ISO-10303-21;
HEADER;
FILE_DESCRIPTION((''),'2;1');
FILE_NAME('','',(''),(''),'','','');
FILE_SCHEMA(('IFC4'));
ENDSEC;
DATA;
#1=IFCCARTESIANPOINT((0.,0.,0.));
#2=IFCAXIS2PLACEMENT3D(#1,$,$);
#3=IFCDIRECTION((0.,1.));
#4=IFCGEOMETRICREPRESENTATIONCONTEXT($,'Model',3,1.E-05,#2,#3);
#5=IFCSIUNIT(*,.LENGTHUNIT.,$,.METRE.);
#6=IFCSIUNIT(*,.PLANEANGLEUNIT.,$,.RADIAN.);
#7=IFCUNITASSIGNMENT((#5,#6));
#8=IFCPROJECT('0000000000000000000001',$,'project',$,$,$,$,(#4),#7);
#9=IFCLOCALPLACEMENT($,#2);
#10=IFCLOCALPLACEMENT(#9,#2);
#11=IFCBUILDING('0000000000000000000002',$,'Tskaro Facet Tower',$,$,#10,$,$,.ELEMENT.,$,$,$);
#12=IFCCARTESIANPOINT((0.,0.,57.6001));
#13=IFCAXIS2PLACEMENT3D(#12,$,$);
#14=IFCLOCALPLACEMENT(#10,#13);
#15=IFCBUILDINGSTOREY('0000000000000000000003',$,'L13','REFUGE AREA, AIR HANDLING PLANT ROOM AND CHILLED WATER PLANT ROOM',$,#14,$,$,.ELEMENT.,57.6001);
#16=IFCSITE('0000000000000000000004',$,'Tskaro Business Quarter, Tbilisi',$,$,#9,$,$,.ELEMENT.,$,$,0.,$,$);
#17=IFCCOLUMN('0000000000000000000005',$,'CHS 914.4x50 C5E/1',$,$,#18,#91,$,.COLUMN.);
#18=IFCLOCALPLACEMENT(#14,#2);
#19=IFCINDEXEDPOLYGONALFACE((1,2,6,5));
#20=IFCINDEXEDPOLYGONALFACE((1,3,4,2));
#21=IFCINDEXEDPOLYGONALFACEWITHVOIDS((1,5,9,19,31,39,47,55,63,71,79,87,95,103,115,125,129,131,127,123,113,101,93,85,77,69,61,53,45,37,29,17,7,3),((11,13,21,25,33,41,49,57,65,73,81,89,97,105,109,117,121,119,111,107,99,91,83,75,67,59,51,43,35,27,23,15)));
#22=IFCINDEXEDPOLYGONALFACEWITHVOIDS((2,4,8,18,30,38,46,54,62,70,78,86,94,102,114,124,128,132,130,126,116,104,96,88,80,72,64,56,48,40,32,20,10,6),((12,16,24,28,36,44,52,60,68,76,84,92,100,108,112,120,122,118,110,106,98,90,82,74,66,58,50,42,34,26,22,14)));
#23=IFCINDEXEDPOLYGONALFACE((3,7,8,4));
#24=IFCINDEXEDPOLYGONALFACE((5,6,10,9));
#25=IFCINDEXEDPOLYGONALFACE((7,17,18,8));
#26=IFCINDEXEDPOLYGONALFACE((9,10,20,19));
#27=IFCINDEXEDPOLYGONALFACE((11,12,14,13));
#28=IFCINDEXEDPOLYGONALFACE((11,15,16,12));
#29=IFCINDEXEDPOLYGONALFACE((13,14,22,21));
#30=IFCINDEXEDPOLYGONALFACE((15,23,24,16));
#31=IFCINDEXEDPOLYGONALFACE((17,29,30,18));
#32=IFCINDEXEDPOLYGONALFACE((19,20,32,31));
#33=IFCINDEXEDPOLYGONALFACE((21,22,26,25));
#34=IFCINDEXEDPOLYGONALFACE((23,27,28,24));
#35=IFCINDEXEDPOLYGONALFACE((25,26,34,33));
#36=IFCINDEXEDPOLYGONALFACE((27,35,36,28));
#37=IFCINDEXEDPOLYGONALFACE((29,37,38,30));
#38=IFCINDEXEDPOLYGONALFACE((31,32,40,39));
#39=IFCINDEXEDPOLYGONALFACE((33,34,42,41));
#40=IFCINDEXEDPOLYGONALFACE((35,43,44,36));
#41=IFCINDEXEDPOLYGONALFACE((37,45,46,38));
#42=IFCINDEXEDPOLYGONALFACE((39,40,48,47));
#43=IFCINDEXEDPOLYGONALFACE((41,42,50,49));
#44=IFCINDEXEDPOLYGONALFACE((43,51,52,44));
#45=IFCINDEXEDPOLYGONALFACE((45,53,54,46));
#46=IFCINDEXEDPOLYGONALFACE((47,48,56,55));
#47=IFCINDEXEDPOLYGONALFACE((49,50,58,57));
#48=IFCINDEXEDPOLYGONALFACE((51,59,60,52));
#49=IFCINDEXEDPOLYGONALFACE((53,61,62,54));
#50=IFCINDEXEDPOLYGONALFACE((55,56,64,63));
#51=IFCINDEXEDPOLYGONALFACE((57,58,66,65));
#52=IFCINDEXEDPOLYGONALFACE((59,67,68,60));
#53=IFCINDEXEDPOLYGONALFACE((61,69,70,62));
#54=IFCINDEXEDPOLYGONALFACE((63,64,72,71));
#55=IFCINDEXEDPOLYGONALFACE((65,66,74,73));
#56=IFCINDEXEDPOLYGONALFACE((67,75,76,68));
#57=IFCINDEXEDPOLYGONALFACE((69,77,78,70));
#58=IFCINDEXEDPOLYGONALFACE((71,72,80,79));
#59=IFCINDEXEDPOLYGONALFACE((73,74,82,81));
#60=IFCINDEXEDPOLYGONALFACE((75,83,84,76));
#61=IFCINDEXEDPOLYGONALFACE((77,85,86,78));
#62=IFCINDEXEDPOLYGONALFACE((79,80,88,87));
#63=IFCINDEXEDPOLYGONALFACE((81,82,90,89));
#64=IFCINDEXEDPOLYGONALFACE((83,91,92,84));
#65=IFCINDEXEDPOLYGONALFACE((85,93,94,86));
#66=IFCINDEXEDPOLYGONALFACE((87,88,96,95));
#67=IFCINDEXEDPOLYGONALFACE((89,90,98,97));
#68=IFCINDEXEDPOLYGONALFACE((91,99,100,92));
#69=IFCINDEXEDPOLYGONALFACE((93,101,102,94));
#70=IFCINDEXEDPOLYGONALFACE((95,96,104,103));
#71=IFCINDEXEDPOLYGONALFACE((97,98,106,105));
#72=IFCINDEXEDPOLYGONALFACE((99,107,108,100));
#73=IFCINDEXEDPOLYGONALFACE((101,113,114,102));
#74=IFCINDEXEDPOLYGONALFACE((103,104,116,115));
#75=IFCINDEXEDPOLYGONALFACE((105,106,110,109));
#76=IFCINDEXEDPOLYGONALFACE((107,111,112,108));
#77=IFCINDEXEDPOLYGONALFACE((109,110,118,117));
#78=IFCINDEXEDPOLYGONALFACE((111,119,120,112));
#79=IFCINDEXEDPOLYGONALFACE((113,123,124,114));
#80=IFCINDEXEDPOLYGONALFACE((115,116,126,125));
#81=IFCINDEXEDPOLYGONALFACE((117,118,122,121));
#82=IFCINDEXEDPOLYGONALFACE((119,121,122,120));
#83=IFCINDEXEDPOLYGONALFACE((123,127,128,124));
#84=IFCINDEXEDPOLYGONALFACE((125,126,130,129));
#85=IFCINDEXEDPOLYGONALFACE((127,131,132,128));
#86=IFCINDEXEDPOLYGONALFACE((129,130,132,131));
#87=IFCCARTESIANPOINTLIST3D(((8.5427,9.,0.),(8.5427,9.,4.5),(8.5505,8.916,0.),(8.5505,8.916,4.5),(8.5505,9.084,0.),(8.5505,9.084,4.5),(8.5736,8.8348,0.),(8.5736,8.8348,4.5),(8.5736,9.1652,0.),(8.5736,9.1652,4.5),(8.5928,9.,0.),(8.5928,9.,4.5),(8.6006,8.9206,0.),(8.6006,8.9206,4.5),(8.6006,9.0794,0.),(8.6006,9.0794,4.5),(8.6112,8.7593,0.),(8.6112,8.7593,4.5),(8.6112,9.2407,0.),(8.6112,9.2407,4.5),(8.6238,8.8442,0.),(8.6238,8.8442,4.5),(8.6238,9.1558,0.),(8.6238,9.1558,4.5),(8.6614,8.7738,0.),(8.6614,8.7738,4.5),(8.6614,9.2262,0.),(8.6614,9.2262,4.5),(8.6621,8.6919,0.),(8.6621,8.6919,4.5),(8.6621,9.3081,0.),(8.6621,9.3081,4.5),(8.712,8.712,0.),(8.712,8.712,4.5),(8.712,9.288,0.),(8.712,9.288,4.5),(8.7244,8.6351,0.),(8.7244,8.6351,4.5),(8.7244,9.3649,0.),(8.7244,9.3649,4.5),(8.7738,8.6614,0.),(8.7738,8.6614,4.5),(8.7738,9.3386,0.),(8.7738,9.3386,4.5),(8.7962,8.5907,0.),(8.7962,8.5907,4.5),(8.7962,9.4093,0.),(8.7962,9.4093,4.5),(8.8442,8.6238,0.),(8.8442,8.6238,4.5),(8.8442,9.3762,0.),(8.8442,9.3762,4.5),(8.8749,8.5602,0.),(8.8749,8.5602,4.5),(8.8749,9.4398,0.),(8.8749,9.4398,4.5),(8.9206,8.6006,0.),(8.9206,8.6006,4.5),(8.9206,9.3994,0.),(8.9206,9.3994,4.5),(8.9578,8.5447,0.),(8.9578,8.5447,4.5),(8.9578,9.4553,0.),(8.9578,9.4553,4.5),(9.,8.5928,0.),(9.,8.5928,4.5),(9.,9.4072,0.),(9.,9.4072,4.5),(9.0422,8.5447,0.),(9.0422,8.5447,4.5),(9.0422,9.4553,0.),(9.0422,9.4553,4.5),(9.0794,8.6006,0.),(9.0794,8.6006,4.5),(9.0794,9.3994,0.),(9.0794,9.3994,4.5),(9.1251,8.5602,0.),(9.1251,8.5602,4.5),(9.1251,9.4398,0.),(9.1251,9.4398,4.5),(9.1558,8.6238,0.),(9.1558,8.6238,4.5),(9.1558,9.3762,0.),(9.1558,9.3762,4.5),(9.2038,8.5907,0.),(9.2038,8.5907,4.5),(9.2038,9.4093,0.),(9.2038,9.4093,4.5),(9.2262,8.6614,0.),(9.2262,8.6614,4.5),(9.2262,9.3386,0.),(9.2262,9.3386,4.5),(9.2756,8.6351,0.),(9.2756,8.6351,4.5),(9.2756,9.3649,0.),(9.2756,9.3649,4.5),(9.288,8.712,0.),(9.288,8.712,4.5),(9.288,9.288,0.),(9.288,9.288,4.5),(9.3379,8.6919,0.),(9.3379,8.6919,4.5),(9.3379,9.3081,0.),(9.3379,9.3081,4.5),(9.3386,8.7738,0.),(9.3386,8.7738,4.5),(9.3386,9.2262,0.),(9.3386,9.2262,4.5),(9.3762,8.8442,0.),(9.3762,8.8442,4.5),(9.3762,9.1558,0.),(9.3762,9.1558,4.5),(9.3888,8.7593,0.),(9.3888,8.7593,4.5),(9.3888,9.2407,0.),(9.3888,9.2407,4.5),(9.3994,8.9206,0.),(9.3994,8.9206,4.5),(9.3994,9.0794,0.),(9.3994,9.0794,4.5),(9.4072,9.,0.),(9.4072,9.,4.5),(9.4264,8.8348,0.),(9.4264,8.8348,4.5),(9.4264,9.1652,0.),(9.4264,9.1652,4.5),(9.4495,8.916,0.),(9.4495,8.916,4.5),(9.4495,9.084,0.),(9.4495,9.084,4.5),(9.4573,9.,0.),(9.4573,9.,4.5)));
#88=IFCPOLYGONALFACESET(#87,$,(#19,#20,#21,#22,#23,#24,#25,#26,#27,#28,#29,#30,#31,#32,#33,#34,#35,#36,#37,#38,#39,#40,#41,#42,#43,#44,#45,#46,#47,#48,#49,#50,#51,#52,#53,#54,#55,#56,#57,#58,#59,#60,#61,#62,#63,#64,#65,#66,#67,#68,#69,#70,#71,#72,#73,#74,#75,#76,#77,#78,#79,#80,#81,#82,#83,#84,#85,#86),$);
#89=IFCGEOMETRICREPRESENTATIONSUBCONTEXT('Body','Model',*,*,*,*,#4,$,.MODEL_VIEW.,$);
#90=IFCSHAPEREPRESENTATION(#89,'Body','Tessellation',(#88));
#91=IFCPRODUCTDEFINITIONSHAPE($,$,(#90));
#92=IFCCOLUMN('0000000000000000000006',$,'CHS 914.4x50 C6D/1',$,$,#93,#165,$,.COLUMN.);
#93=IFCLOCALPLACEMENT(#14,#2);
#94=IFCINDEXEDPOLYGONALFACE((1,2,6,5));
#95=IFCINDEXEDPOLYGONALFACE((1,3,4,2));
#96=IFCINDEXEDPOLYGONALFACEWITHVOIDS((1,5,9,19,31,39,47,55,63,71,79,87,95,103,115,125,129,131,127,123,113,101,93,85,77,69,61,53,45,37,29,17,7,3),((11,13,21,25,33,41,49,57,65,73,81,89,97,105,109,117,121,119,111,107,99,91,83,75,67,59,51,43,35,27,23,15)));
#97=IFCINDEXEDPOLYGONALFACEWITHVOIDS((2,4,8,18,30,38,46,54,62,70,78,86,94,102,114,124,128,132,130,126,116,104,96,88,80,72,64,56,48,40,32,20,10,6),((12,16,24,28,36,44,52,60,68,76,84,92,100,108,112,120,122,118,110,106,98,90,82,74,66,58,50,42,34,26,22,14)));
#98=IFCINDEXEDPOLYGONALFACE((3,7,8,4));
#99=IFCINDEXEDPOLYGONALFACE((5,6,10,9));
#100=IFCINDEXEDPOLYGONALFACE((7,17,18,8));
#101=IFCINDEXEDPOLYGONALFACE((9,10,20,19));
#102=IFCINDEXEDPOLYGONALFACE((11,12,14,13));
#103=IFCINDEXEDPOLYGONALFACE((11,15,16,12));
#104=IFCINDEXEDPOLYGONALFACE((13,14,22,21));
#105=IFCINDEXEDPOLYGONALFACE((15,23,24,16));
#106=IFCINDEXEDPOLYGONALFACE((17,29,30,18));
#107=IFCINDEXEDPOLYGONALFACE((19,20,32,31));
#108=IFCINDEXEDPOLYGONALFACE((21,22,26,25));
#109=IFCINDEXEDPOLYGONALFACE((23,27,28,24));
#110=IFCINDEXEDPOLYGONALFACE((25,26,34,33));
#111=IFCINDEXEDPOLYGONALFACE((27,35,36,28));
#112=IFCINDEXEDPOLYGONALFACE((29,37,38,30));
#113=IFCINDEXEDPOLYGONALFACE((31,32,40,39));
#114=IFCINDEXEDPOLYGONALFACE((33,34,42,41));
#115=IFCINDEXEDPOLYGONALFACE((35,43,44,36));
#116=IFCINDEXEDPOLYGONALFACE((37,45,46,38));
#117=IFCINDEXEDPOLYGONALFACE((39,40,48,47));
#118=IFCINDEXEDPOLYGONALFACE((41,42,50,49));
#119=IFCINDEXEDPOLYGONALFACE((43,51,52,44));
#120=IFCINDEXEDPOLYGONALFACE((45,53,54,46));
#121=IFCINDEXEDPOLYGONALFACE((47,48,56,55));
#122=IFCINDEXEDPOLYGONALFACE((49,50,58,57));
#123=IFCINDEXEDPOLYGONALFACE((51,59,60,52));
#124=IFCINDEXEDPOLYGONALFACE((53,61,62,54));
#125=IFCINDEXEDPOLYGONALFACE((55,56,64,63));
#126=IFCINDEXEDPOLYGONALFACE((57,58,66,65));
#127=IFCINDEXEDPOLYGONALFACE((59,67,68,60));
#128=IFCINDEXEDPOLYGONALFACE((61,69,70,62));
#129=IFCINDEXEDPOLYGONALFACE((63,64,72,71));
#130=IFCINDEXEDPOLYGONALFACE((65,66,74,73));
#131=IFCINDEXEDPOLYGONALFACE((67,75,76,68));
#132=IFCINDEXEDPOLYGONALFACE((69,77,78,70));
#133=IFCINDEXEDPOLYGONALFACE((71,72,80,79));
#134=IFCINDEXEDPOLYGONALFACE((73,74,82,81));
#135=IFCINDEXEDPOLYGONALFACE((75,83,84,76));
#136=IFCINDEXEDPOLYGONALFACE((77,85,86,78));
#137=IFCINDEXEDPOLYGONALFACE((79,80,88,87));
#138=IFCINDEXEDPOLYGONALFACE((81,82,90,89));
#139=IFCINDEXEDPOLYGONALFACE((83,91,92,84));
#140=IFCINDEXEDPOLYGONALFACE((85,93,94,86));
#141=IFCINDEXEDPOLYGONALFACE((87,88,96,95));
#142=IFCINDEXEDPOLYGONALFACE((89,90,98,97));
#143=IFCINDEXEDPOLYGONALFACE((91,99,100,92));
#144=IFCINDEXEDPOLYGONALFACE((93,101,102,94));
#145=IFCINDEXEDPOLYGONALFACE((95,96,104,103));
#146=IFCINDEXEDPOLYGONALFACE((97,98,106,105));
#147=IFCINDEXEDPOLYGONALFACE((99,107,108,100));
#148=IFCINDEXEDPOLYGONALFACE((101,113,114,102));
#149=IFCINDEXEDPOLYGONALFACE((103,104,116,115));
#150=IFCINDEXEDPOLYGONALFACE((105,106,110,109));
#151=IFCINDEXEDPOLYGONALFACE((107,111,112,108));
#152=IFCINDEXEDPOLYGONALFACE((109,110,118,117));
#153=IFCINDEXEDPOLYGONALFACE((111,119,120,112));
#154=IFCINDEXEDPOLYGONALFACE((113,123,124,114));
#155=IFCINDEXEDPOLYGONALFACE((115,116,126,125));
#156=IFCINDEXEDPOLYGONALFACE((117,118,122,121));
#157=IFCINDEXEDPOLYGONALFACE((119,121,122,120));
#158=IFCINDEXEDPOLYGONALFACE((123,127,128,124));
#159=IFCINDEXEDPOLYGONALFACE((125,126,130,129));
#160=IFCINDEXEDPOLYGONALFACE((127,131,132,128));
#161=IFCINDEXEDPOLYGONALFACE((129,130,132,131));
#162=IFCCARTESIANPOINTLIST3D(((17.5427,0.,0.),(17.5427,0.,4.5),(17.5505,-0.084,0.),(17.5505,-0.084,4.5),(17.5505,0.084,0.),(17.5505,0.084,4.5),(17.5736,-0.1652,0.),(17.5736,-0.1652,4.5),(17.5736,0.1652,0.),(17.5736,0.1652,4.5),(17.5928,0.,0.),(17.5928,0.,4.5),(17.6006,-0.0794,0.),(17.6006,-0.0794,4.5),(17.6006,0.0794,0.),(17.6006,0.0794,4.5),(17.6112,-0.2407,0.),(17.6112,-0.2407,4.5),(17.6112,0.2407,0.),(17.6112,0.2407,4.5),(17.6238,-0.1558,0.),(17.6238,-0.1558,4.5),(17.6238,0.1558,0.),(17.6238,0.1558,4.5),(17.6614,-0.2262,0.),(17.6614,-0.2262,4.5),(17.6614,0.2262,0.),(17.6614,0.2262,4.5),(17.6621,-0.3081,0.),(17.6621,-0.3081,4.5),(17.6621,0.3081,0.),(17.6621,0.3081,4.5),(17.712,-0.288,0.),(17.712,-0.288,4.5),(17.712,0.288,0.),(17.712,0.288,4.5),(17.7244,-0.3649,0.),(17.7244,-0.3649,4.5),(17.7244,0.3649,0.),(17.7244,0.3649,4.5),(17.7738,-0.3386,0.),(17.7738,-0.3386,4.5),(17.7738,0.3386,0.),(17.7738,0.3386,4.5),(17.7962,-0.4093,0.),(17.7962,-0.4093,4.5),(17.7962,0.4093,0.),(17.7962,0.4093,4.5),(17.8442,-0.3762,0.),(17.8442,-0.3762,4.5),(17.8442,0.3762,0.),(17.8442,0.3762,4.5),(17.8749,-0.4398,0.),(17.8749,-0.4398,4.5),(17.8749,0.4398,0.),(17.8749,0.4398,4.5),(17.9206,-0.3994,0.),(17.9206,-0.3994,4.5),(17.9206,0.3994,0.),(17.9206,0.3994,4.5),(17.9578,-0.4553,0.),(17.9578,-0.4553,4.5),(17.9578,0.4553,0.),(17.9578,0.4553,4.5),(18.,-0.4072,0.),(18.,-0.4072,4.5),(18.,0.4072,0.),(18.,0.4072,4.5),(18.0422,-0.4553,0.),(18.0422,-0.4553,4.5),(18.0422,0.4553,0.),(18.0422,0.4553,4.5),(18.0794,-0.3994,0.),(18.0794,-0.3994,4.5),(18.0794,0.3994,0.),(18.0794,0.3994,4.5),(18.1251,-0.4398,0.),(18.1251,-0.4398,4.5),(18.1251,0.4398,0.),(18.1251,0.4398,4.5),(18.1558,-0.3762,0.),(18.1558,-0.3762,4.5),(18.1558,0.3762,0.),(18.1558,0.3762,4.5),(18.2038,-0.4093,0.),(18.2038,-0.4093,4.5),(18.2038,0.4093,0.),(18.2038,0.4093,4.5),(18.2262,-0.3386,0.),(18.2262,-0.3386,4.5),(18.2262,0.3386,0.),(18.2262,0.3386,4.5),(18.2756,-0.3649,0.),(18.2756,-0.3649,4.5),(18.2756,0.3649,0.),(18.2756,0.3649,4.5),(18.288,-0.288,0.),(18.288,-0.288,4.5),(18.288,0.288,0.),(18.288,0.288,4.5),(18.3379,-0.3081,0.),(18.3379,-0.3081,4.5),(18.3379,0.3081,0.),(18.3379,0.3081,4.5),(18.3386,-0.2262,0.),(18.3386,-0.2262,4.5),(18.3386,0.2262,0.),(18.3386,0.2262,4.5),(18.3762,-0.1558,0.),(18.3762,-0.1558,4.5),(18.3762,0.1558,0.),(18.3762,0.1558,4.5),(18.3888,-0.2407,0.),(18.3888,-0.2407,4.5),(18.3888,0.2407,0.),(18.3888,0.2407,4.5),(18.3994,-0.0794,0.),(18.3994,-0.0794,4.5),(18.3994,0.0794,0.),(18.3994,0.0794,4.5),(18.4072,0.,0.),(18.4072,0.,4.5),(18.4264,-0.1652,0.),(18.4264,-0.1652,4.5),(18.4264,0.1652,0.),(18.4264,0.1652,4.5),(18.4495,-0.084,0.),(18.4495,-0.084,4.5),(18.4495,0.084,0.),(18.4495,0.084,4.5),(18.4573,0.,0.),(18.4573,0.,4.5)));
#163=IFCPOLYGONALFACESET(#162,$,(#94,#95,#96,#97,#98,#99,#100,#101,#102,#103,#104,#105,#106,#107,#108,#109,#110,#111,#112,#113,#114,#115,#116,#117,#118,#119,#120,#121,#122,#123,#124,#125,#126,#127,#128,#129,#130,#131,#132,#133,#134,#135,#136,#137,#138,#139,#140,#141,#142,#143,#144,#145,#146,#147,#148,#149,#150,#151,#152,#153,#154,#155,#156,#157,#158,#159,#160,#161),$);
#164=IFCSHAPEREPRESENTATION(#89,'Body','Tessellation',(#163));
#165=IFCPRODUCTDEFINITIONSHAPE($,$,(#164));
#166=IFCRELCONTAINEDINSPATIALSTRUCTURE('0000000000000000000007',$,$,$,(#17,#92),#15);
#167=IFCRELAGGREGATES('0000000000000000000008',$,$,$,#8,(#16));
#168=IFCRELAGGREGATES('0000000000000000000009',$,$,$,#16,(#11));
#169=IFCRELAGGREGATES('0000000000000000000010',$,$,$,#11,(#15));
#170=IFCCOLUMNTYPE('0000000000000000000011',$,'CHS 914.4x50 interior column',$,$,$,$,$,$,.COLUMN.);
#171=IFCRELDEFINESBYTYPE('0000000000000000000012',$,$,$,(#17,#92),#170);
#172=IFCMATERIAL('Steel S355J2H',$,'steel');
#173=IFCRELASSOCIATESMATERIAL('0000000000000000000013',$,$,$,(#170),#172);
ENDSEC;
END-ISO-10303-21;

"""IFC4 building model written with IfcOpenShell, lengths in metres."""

from ifc_helpers import new_model, si_unit, direction, frame, origin, origin_2d, place, context, subcontext, project, spatial, hollow_circle, extrude, material, material_profile, profile_set, type_object, element, save


model = new_model("IFC4")

# Units and contexts
model_context = context("Model", 3, precision=1e-05, world=origin(), true_north=direction((0.0, 1.0)))
body_context = subcontext(model_context, "Body", "Model", "MODEL_VIEW")
ifc_project = project(units=[si_unit("LENGTHUNIT", "METRE"), si_unit("PLANEANGLEUNIT", "RADIAN")], contexts=[model_context])

# Site, building, storey
site_placement = place(None, origin())
site = spatial("IfcSite", under=ifc_project, at=site_placement, Name="Tskaro Business Quarter, Tbilisi", CompositionType="ELEMENT", RefElevation=0.0)
building_placement = place(site_placement, origin())
building = spatial("IfcBuilding", under=site, at=building_placement, Name="Tskaro Facet Tower", CompositionType="ELEMENT")
storey_placement = place(building_placement, frame((0.0, 0.0, 57.6001)))
storey = spatial("IfcBuildingStorey", under=building, at=storey_placement, Name="L13", Description="REFUGE AREA, AIR HANDLING PLANT ROOM AND CHILLED WATER PLANT ROOM", CompositionType="ELEMENT", Elevation=57.6001)

# Columns
ifc_material_1 = material(Name="Steel S355J2H", Category="steel")
ifc_material_profile_1 = material_profile(ifc_material_1, hollow_circle(Radius=0.4573, WallThickness=0.05, at=origin_2d()), Name="CHS 914.4x50")
ifc_profile_set_1 = profile_set([ifc_material_profile_1], Name="Steel S355J2H")
column_type = type_object("IfcColumnType", Name="CHS 914.4x50 interior column", PredefinedType="COLUMN", material=ifc_profile_set_1)
for number, where, z_axis, x_axis, name in (
    (1, (9.0, 9.0, 0.0), (0.0, 0.0, 1.0), (1.0, 0.0, 0.0), "CHS 914.4x50 C5E/1"),
    (2, (18.0, 0.0, 0.0), (0.0, 0.0, 1.0), (1.0, 0.0, 0.0), "CHS 914.4x50 C6D/1"),
):
    element("IfcColumn", number, at=place(storey_placement, frame(where, z_axis=z_axis, x_axis=x_axis)), inside=storey, type_object=column_type, Name=name, PredefinedType="COLUMN", context=body_context, shape_type="SweptSolid", body=[
        extrude(hollow_circle(Radius=0.4573, WallThickness=0.05, at=origin_2d()), origin(), (0.0, 0.0, 1.0), 4.5),
    ])

save(model, "model.ifc")
